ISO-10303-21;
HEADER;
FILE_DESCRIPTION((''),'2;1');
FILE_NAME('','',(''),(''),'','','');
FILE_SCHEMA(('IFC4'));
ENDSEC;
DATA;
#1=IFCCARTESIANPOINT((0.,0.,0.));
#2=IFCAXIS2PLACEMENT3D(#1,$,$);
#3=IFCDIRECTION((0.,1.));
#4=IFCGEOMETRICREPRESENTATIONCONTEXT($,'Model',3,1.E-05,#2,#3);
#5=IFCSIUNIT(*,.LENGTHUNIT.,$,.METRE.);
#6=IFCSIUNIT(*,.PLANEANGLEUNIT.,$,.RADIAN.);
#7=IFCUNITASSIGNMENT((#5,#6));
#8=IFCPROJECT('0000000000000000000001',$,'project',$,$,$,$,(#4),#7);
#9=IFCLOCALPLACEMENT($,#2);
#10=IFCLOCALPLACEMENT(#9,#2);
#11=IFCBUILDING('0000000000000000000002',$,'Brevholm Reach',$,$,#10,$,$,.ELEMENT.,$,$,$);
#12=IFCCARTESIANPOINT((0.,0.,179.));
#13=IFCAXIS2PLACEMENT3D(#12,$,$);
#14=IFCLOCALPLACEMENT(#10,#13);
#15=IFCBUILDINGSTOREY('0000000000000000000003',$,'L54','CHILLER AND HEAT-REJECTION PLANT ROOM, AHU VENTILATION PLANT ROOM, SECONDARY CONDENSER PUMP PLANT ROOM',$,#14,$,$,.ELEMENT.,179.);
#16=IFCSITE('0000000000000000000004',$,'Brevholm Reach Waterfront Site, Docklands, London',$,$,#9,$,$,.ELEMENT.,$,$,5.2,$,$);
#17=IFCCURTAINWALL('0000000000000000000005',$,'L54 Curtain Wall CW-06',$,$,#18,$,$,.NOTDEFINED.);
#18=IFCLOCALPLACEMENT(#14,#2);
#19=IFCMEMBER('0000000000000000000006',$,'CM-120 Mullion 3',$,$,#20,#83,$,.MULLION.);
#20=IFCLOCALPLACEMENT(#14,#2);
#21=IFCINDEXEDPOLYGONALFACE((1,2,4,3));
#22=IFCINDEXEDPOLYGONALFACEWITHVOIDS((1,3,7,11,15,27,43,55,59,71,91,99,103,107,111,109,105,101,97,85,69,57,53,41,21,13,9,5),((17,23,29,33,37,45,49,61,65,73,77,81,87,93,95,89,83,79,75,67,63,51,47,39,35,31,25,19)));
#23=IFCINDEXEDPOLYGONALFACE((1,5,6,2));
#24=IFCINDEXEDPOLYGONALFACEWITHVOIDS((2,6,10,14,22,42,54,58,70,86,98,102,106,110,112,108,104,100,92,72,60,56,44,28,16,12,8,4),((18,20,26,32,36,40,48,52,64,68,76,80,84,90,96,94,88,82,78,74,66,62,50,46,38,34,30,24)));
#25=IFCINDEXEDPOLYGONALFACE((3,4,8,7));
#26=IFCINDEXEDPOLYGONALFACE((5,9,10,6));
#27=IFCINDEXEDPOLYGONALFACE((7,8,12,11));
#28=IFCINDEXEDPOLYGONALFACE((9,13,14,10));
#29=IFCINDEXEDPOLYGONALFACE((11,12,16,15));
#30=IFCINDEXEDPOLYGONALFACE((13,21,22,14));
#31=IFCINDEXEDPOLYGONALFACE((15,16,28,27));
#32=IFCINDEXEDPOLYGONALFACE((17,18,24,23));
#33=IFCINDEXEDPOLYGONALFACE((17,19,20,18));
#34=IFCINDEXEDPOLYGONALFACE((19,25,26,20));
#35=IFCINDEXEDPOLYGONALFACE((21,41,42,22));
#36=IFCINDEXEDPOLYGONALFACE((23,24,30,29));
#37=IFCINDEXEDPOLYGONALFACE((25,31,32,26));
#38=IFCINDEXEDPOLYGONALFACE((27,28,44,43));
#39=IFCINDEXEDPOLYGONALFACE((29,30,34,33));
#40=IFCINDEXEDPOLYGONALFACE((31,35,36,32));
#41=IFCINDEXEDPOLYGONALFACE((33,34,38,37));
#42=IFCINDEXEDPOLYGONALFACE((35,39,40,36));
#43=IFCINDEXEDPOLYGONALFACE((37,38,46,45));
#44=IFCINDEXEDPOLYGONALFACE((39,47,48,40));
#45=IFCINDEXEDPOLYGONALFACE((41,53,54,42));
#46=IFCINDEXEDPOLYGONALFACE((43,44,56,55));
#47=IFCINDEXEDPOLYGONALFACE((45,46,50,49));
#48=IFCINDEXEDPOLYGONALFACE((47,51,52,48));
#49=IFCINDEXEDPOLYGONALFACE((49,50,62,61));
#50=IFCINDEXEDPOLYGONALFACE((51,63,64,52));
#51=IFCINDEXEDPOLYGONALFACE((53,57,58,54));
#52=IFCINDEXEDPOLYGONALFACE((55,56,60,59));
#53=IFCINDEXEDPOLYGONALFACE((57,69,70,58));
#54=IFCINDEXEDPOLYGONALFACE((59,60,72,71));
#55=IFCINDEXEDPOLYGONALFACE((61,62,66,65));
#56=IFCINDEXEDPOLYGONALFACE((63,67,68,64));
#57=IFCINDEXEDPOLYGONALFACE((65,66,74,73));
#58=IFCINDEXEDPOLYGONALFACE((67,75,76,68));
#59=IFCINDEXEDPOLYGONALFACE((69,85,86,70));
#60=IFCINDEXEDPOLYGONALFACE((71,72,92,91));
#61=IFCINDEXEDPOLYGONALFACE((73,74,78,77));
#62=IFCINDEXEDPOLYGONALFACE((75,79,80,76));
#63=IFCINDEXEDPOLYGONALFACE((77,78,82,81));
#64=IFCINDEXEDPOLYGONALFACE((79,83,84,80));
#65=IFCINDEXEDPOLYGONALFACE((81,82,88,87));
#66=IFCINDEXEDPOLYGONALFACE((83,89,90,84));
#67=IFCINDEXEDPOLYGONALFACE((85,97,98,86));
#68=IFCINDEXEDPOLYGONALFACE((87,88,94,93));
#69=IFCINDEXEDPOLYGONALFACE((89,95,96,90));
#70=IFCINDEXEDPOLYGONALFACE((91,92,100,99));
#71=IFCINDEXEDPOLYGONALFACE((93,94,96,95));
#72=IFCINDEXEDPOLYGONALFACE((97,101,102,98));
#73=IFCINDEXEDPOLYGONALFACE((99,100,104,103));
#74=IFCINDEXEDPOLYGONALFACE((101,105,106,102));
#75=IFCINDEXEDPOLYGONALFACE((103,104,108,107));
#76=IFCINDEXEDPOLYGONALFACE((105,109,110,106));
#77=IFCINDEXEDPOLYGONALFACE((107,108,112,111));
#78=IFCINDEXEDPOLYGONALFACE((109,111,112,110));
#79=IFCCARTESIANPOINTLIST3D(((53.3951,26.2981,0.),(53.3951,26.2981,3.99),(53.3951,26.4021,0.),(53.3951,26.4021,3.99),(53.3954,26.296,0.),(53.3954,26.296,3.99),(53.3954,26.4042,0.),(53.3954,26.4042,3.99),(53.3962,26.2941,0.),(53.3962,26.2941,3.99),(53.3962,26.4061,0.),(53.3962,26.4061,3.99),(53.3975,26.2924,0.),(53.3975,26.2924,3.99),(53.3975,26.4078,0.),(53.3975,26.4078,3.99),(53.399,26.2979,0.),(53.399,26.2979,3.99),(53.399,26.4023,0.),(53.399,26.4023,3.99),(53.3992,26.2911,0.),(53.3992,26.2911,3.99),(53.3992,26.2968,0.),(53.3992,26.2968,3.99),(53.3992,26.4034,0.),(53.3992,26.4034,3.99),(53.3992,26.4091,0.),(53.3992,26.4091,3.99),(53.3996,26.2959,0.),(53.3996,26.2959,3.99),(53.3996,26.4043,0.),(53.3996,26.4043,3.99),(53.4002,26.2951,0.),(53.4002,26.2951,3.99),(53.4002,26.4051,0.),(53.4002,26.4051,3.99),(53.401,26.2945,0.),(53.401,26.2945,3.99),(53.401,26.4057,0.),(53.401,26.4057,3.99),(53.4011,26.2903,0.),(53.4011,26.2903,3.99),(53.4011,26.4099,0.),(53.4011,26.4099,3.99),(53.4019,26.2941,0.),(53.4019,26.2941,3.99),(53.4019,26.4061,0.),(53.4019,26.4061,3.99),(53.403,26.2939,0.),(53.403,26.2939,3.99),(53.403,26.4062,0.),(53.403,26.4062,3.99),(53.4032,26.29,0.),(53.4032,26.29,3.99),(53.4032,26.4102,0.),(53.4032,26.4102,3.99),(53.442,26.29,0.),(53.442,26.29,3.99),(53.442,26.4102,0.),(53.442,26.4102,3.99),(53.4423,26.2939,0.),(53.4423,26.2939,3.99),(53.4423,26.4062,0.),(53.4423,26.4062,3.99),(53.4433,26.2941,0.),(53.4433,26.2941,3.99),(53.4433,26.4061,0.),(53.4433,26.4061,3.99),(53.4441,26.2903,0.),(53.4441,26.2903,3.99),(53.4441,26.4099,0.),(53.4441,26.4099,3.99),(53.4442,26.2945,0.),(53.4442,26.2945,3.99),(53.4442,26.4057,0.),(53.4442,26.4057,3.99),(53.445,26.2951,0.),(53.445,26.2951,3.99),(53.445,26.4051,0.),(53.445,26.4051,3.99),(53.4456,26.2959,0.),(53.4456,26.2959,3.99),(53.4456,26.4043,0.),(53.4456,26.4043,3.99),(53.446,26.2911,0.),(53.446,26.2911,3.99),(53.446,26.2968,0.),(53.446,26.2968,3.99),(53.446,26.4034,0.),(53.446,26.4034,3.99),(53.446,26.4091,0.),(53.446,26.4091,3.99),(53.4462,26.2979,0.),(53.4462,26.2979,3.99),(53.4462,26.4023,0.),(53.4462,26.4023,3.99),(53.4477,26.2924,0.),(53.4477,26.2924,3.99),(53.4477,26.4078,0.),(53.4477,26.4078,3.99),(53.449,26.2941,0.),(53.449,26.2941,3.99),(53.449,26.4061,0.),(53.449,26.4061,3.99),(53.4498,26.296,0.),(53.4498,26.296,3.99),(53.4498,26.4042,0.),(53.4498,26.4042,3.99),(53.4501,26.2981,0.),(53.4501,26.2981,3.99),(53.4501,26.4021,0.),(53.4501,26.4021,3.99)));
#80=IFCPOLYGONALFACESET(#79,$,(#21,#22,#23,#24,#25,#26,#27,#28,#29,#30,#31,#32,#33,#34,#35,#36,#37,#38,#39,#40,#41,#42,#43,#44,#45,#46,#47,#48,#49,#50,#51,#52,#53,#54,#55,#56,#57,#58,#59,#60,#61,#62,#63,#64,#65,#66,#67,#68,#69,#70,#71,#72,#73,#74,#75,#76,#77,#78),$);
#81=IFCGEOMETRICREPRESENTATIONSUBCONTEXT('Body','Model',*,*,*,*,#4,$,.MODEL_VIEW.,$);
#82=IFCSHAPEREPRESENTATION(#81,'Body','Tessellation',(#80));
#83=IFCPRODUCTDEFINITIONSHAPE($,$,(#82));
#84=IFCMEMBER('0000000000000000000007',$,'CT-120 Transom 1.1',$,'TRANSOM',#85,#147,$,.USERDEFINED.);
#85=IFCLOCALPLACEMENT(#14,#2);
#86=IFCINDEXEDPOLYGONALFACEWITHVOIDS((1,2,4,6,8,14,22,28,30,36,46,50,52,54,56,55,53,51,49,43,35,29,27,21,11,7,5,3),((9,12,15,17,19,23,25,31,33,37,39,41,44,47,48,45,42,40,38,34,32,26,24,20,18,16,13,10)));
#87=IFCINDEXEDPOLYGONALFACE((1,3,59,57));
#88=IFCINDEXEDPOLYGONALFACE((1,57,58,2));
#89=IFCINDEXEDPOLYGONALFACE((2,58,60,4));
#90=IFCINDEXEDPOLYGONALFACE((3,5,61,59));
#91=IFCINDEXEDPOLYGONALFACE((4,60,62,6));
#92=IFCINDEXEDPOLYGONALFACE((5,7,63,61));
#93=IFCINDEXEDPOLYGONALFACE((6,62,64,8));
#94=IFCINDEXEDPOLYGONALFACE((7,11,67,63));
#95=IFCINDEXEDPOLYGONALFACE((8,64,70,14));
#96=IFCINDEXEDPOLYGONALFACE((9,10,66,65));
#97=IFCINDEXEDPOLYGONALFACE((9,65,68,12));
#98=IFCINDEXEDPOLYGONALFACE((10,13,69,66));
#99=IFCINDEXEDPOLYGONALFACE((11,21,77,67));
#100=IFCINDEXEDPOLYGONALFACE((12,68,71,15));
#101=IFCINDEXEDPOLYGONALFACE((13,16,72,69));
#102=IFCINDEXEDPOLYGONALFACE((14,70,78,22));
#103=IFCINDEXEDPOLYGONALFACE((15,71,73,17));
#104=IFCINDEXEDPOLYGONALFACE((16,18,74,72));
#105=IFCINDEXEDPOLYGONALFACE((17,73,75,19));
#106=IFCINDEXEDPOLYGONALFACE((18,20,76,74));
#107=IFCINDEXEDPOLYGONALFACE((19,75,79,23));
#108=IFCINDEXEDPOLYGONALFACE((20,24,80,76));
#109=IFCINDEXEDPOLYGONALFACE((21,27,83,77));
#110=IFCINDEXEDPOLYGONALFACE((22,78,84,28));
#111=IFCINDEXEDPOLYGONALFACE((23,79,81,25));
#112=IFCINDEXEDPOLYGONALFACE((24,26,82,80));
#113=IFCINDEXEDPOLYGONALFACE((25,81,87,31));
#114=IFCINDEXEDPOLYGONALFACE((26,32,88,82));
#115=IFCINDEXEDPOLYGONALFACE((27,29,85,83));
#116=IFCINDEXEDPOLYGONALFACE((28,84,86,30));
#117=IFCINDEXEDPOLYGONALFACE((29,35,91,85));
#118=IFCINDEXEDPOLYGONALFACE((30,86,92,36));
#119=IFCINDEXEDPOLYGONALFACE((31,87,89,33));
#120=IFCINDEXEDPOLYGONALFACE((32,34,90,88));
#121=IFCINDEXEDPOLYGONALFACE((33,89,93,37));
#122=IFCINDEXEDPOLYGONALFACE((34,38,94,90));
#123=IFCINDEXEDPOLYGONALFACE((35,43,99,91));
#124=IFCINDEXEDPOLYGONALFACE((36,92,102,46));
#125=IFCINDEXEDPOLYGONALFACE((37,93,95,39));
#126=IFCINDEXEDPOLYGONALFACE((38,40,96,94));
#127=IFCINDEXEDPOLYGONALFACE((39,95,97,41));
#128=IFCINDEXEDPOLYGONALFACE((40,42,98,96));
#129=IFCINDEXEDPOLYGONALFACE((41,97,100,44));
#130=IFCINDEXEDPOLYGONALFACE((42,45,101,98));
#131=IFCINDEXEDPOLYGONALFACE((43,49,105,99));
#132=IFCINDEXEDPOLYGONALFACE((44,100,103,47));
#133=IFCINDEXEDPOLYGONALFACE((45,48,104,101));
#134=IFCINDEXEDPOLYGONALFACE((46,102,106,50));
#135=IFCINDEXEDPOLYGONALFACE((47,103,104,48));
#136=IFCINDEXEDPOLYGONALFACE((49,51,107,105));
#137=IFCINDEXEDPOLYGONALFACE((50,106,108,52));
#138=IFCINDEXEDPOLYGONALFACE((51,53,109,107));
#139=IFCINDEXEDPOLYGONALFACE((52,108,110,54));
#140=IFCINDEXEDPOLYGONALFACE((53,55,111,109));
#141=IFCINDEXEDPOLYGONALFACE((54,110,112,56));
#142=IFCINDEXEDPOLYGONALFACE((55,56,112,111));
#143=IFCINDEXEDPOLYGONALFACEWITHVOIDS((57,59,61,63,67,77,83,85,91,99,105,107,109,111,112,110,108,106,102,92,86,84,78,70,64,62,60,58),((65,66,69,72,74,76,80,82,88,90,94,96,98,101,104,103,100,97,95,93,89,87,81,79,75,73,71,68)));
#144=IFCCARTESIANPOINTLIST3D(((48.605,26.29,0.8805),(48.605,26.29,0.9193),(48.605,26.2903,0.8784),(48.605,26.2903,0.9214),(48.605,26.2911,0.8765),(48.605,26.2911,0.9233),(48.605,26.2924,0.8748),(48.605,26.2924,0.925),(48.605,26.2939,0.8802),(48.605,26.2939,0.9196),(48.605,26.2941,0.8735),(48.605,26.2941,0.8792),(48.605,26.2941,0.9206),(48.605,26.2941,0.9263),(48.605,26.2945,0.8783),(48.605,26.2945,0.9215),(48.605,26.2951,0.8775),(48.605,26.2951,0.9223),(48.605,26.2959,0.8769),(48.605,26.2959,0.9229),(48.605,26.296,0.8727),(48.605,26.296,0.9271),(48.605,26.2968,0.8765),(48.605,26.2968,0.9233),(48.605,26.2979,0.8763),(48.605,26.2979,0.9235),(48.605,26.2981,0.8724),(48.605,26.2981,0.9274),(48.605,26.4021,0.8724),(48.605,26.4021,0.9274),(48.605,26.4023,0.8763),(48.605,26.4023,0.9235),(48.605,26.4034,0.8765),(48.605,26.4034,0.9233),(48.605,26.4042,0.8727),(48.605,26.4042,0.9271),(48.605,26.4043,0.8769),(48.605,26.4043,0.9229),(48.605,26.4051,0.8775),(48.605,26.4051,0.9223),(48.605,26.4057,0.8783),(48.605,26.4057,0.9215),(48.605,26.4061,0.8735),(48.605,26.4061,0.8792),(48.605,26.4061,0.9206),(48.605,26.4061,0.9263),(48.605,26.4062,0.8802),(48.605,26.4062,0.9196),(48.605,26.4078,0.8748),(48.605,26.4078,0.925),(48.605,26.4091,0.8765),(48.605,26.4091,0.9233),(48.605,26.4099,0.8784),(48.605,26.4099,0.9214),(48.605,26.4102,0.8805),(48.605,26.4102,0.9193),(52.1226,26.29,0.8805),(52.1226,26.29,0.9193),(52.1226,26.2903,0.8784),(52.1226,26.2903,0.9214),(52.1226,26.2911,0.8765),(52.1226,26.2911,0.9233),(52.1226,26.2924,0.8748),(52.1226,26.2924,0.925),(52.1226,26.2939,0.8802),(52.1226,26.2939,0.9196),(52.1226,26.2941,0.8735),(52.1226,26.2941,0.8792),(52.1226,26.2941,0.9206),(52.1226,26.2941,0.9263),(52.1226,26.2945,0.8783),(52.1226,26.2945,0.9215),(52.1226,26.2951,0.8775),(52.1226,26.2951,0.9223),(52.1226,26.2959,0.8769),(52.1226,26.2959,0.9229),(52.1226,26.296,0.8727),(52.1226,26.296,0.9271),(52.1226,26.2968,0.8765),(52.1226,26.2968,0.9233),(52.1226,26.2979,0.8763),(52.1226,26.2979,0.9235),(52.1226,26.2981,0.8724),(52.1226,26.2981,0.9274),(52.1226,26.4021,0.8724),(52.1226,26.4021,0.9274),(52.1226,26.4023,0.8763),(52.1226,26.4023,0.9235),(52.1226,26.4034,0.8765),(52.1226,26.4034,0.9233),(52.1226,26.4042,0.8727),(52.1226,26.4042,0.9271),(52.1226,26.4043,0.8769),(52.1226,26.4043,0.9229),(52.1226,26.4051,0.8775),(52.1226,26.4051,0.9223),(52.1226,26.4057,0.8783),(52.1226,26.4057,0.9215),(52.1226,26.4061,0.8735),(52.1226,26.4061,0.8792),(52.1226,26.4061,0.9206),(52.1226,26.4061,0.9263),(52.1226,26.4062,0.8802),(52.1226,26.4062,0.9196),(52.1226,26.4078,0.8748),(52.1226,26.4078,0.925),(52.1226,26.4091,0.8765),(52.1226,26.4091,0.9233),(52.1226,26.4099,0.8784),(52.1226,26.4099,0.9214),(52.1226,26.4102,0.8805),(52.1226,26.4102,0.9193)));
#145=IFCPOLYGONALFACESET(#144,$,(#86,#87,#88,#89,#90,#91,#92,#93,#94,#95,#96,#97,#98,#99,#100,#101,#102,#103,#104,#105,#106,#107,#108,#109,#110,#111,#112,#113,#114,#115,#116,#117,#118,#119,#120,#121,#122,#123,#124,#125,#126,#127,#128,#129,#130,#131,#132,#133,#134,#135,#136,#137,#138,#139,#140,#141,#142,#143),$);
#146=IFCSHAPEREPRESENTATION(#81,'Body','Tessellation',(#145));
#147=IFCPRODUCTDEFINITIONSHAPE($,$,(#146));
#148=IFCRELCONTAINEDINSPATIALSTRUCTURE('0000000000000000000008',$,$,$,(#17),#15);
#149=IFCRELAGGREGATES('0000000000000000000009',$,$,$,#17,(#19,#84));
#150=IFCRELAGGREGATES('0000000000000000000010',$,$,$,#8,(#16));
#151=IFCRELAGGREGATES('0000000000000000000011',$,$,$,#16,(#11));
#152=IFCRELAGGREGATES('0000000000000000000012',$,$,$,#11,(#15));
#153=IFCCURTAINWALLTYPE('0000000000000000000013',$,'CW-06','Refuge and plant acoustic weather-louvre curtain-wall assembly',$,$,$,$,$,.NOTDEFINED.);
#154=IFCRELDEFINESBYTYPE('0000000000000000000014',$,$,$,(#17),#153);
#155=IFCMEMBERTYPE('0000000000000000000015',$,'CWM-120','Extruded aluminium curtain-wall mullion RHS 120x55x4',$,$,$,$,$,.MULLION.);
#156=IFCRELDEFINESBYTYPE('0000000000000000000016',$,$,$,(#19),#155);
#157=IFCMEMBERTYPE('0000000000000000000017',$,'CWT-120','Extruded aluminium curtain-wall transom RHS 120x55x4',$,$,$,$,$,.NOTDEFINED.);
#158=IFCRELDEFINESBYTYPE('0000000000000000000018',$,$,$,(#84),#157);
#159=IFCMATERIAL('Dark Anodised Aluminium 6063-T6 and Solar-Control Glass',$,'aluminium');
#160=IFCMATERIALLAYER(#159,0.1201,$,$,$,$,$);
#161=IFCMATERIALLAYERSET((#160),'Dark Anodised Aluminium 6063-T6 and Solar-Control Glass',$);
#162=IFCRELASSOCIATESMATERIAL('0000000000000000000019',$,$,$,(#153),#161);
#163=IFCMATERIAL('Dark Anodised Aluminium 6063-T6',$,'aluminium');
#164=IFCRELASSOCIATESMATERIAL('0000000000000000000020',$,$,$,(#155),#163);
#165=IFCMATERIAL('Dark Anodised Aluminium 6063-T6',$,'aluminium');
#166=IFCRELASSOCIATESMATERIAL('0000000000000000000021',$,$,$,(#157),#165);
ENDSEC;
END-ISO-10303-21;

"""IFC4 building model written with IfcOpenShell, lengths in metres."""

from ifc_helpers import new_model, si_unit, direction, frame, origin, origin_2d, place, context, subcontext, project, spatial, hollow_rectangle, extrude, material, layer, layer_set, material_profile, profile_set, type_object, element, aggregate, save


model = new_model("IFC4")

# Units and contexts
model_context = context("Model", 3, precision=1e-05, world=origin(), true_north=direction((0.0, 1.0)))
body_context = subcontext(model_context, "Body", "Model", "MODEL_VIEW")
ifc_project = project(units=[si_unit("LENGTHUNIT", "METRE"), si_unit("PLANEANGLEUNIT", "RADIAN")], contexts=[model_context])

# Site, building, storey
site_placement = place(None, origin())
site = spatial("IfcSite", under=ifc_project, at=site_placement, Name="Brevholm Reach Waterfront Site, Docklands, London", CompositionType="ELEMENT", RefElevation=5.2)
building_placement = place(site_placement, origin())
building = spatial("IfcBuilding", under=site, at=building_placement, Name="Brevholm Reach", CompositionType="ELEMENT")
storey_placement = place(building_placement, frame((0.0, 0.0, 179.0)))
storey = spatial("IfcBuildingStorey", under=building, at=storey_placement, Name="L54", Description="CHILLER AND HEAT-REJECTION PLANT ROOM, AHU VENTILATION PLANT ROOM, SECONDARY CONDENSER PUMP PLANT ROOM", CompositionType="ELEMENT", Elevation=179.0)

# Curtain wall, members
ifc_material_1 = material(Name="Dark Anodised Aluminium 6063-T6 and Solar-Control Glass", Category="aluminium")
ifc_layer_1 = layer(ifc_material_1, 0.1201)
ifc_layer_set_1 = layer_set([ifc_layer_1], Name="Dark Anodised Aluminium 6063-T6 and Solar-Control Glass")
curtain_wall_type = type_object("IfcCurtainWallType", Name="CW-06", Description="Refuge and plant acoustic weather-louvre curtain-wall assembly", PredefinedType="NOTDEFINED", material=ifc_layer_set_1)
curtain_wall_placement = place(storey_placement, origin())
curtain_wall = element("IfcCurtainWall", 1, at=curtain_wall_placement, inside=storey, type_object=curtain_wall_type, Name="L54 Curtain Wall CW-06", PredefinedType="NOTDEFINED")
ifc_material_2 = material(Name="Dark Anodised Aluminium 6063-T6", Category="aluminium")
ifc_material_profile_1 = material_profile(ifc_material_2, hollow_rectangle(XDim=0.0549, YDim=0.1201, WallThickness=0.0039, InnerFilletRadius=0.0039, OuterFilletRadius=0.0081, at=origin_2d()), Name="RHS 120x55x4")
ifc_profile_set_1 = profile_set([ifc_material_profile_1], Name="Dark Anodised Aluminium 6063-T6")
member_type_1 = type_object("IfcMemberType", Name="CWM-120", Description="Extruded aluminium curtain-wall mullion RHS 120x55x4", PredefinedType="MULLION", material=ifc_profile_set_1)
member_1_placement = place(storey_placement, frame((53.4226, 26.3501, 0.0), z_axis=(0.0, 0.0, 1.0), x_axis=(1.0, 0.0, 0.0)))
member_1 = element("IfcMember", 2, at=member_1_placement, type_object=member_type_1, Name="CM-120 Mullion 3", PredefinedType="MULLION", context=body_context, shape_type="SweptSolid", body=[
    extrude(hollow_rectangle(XDim=0.0549, YDim=0.1201, WallThickness=0.0039, InnerFilletRadius=0.0039, OuterFilletRadius=0.0081, at=origin_2d()), origin(), (0.0, 0.0, 1.0), 3.99),
])
ifc_material_3 = material(Name="Dark Anodised Aluminium 6063-T6", Category="aluminium")
ifc_material_profile_2 = material_profile(ifc_material_3, hollow_rectangle(XDim=0.0549, YDim=0.1201, WallThickness=0.0039, InnerFilletRadius=0.0039, OuterFilletRadius=0.0081, at=origin_2d()), Name="RHS 120x55x4")
ifc_profile_set_2 = profile_set([ifc_material_profile_2], Name="Dark Anodised Aluminium 6063-T6")
member_type_2 = type_object("IfcMemberType", Name="CWT-120", Description="Extruded aluminium curtain-wall transom RHS 120x55x4", PredefinedType="NOTDEFINED", material=ifc_profile_set_2)
member_2_placement = place(storey_placement, frame((48.605, 26.3501, 0.8999), z_axis=(1.0, 0.0, 0.0), x_axis=(0.0, 0.0, 1.0)))
member_2 = element("IfcMember", 3, at=member_2_placement, type_object=member_type_2, Name="CT-120 Transom 1.1", ObjectType="TRANSOM", PredefinedType="USERDEFINED", context=body_context, shape_type="SweptSolid", body=[
    extrude(hollow_rectangle(XDim=0.0549, YDim=0.1201, WallThickness=0.0039, InnerFilletRadius=0.0039, OuterFilletRadius=0.0081, at=origin_2d()), origin(), (0.0, 0.0, 1.0), 3.5176),
])

aggregate(curtain_wall, [member_1, member_2])

save(model, "model.ifc")
